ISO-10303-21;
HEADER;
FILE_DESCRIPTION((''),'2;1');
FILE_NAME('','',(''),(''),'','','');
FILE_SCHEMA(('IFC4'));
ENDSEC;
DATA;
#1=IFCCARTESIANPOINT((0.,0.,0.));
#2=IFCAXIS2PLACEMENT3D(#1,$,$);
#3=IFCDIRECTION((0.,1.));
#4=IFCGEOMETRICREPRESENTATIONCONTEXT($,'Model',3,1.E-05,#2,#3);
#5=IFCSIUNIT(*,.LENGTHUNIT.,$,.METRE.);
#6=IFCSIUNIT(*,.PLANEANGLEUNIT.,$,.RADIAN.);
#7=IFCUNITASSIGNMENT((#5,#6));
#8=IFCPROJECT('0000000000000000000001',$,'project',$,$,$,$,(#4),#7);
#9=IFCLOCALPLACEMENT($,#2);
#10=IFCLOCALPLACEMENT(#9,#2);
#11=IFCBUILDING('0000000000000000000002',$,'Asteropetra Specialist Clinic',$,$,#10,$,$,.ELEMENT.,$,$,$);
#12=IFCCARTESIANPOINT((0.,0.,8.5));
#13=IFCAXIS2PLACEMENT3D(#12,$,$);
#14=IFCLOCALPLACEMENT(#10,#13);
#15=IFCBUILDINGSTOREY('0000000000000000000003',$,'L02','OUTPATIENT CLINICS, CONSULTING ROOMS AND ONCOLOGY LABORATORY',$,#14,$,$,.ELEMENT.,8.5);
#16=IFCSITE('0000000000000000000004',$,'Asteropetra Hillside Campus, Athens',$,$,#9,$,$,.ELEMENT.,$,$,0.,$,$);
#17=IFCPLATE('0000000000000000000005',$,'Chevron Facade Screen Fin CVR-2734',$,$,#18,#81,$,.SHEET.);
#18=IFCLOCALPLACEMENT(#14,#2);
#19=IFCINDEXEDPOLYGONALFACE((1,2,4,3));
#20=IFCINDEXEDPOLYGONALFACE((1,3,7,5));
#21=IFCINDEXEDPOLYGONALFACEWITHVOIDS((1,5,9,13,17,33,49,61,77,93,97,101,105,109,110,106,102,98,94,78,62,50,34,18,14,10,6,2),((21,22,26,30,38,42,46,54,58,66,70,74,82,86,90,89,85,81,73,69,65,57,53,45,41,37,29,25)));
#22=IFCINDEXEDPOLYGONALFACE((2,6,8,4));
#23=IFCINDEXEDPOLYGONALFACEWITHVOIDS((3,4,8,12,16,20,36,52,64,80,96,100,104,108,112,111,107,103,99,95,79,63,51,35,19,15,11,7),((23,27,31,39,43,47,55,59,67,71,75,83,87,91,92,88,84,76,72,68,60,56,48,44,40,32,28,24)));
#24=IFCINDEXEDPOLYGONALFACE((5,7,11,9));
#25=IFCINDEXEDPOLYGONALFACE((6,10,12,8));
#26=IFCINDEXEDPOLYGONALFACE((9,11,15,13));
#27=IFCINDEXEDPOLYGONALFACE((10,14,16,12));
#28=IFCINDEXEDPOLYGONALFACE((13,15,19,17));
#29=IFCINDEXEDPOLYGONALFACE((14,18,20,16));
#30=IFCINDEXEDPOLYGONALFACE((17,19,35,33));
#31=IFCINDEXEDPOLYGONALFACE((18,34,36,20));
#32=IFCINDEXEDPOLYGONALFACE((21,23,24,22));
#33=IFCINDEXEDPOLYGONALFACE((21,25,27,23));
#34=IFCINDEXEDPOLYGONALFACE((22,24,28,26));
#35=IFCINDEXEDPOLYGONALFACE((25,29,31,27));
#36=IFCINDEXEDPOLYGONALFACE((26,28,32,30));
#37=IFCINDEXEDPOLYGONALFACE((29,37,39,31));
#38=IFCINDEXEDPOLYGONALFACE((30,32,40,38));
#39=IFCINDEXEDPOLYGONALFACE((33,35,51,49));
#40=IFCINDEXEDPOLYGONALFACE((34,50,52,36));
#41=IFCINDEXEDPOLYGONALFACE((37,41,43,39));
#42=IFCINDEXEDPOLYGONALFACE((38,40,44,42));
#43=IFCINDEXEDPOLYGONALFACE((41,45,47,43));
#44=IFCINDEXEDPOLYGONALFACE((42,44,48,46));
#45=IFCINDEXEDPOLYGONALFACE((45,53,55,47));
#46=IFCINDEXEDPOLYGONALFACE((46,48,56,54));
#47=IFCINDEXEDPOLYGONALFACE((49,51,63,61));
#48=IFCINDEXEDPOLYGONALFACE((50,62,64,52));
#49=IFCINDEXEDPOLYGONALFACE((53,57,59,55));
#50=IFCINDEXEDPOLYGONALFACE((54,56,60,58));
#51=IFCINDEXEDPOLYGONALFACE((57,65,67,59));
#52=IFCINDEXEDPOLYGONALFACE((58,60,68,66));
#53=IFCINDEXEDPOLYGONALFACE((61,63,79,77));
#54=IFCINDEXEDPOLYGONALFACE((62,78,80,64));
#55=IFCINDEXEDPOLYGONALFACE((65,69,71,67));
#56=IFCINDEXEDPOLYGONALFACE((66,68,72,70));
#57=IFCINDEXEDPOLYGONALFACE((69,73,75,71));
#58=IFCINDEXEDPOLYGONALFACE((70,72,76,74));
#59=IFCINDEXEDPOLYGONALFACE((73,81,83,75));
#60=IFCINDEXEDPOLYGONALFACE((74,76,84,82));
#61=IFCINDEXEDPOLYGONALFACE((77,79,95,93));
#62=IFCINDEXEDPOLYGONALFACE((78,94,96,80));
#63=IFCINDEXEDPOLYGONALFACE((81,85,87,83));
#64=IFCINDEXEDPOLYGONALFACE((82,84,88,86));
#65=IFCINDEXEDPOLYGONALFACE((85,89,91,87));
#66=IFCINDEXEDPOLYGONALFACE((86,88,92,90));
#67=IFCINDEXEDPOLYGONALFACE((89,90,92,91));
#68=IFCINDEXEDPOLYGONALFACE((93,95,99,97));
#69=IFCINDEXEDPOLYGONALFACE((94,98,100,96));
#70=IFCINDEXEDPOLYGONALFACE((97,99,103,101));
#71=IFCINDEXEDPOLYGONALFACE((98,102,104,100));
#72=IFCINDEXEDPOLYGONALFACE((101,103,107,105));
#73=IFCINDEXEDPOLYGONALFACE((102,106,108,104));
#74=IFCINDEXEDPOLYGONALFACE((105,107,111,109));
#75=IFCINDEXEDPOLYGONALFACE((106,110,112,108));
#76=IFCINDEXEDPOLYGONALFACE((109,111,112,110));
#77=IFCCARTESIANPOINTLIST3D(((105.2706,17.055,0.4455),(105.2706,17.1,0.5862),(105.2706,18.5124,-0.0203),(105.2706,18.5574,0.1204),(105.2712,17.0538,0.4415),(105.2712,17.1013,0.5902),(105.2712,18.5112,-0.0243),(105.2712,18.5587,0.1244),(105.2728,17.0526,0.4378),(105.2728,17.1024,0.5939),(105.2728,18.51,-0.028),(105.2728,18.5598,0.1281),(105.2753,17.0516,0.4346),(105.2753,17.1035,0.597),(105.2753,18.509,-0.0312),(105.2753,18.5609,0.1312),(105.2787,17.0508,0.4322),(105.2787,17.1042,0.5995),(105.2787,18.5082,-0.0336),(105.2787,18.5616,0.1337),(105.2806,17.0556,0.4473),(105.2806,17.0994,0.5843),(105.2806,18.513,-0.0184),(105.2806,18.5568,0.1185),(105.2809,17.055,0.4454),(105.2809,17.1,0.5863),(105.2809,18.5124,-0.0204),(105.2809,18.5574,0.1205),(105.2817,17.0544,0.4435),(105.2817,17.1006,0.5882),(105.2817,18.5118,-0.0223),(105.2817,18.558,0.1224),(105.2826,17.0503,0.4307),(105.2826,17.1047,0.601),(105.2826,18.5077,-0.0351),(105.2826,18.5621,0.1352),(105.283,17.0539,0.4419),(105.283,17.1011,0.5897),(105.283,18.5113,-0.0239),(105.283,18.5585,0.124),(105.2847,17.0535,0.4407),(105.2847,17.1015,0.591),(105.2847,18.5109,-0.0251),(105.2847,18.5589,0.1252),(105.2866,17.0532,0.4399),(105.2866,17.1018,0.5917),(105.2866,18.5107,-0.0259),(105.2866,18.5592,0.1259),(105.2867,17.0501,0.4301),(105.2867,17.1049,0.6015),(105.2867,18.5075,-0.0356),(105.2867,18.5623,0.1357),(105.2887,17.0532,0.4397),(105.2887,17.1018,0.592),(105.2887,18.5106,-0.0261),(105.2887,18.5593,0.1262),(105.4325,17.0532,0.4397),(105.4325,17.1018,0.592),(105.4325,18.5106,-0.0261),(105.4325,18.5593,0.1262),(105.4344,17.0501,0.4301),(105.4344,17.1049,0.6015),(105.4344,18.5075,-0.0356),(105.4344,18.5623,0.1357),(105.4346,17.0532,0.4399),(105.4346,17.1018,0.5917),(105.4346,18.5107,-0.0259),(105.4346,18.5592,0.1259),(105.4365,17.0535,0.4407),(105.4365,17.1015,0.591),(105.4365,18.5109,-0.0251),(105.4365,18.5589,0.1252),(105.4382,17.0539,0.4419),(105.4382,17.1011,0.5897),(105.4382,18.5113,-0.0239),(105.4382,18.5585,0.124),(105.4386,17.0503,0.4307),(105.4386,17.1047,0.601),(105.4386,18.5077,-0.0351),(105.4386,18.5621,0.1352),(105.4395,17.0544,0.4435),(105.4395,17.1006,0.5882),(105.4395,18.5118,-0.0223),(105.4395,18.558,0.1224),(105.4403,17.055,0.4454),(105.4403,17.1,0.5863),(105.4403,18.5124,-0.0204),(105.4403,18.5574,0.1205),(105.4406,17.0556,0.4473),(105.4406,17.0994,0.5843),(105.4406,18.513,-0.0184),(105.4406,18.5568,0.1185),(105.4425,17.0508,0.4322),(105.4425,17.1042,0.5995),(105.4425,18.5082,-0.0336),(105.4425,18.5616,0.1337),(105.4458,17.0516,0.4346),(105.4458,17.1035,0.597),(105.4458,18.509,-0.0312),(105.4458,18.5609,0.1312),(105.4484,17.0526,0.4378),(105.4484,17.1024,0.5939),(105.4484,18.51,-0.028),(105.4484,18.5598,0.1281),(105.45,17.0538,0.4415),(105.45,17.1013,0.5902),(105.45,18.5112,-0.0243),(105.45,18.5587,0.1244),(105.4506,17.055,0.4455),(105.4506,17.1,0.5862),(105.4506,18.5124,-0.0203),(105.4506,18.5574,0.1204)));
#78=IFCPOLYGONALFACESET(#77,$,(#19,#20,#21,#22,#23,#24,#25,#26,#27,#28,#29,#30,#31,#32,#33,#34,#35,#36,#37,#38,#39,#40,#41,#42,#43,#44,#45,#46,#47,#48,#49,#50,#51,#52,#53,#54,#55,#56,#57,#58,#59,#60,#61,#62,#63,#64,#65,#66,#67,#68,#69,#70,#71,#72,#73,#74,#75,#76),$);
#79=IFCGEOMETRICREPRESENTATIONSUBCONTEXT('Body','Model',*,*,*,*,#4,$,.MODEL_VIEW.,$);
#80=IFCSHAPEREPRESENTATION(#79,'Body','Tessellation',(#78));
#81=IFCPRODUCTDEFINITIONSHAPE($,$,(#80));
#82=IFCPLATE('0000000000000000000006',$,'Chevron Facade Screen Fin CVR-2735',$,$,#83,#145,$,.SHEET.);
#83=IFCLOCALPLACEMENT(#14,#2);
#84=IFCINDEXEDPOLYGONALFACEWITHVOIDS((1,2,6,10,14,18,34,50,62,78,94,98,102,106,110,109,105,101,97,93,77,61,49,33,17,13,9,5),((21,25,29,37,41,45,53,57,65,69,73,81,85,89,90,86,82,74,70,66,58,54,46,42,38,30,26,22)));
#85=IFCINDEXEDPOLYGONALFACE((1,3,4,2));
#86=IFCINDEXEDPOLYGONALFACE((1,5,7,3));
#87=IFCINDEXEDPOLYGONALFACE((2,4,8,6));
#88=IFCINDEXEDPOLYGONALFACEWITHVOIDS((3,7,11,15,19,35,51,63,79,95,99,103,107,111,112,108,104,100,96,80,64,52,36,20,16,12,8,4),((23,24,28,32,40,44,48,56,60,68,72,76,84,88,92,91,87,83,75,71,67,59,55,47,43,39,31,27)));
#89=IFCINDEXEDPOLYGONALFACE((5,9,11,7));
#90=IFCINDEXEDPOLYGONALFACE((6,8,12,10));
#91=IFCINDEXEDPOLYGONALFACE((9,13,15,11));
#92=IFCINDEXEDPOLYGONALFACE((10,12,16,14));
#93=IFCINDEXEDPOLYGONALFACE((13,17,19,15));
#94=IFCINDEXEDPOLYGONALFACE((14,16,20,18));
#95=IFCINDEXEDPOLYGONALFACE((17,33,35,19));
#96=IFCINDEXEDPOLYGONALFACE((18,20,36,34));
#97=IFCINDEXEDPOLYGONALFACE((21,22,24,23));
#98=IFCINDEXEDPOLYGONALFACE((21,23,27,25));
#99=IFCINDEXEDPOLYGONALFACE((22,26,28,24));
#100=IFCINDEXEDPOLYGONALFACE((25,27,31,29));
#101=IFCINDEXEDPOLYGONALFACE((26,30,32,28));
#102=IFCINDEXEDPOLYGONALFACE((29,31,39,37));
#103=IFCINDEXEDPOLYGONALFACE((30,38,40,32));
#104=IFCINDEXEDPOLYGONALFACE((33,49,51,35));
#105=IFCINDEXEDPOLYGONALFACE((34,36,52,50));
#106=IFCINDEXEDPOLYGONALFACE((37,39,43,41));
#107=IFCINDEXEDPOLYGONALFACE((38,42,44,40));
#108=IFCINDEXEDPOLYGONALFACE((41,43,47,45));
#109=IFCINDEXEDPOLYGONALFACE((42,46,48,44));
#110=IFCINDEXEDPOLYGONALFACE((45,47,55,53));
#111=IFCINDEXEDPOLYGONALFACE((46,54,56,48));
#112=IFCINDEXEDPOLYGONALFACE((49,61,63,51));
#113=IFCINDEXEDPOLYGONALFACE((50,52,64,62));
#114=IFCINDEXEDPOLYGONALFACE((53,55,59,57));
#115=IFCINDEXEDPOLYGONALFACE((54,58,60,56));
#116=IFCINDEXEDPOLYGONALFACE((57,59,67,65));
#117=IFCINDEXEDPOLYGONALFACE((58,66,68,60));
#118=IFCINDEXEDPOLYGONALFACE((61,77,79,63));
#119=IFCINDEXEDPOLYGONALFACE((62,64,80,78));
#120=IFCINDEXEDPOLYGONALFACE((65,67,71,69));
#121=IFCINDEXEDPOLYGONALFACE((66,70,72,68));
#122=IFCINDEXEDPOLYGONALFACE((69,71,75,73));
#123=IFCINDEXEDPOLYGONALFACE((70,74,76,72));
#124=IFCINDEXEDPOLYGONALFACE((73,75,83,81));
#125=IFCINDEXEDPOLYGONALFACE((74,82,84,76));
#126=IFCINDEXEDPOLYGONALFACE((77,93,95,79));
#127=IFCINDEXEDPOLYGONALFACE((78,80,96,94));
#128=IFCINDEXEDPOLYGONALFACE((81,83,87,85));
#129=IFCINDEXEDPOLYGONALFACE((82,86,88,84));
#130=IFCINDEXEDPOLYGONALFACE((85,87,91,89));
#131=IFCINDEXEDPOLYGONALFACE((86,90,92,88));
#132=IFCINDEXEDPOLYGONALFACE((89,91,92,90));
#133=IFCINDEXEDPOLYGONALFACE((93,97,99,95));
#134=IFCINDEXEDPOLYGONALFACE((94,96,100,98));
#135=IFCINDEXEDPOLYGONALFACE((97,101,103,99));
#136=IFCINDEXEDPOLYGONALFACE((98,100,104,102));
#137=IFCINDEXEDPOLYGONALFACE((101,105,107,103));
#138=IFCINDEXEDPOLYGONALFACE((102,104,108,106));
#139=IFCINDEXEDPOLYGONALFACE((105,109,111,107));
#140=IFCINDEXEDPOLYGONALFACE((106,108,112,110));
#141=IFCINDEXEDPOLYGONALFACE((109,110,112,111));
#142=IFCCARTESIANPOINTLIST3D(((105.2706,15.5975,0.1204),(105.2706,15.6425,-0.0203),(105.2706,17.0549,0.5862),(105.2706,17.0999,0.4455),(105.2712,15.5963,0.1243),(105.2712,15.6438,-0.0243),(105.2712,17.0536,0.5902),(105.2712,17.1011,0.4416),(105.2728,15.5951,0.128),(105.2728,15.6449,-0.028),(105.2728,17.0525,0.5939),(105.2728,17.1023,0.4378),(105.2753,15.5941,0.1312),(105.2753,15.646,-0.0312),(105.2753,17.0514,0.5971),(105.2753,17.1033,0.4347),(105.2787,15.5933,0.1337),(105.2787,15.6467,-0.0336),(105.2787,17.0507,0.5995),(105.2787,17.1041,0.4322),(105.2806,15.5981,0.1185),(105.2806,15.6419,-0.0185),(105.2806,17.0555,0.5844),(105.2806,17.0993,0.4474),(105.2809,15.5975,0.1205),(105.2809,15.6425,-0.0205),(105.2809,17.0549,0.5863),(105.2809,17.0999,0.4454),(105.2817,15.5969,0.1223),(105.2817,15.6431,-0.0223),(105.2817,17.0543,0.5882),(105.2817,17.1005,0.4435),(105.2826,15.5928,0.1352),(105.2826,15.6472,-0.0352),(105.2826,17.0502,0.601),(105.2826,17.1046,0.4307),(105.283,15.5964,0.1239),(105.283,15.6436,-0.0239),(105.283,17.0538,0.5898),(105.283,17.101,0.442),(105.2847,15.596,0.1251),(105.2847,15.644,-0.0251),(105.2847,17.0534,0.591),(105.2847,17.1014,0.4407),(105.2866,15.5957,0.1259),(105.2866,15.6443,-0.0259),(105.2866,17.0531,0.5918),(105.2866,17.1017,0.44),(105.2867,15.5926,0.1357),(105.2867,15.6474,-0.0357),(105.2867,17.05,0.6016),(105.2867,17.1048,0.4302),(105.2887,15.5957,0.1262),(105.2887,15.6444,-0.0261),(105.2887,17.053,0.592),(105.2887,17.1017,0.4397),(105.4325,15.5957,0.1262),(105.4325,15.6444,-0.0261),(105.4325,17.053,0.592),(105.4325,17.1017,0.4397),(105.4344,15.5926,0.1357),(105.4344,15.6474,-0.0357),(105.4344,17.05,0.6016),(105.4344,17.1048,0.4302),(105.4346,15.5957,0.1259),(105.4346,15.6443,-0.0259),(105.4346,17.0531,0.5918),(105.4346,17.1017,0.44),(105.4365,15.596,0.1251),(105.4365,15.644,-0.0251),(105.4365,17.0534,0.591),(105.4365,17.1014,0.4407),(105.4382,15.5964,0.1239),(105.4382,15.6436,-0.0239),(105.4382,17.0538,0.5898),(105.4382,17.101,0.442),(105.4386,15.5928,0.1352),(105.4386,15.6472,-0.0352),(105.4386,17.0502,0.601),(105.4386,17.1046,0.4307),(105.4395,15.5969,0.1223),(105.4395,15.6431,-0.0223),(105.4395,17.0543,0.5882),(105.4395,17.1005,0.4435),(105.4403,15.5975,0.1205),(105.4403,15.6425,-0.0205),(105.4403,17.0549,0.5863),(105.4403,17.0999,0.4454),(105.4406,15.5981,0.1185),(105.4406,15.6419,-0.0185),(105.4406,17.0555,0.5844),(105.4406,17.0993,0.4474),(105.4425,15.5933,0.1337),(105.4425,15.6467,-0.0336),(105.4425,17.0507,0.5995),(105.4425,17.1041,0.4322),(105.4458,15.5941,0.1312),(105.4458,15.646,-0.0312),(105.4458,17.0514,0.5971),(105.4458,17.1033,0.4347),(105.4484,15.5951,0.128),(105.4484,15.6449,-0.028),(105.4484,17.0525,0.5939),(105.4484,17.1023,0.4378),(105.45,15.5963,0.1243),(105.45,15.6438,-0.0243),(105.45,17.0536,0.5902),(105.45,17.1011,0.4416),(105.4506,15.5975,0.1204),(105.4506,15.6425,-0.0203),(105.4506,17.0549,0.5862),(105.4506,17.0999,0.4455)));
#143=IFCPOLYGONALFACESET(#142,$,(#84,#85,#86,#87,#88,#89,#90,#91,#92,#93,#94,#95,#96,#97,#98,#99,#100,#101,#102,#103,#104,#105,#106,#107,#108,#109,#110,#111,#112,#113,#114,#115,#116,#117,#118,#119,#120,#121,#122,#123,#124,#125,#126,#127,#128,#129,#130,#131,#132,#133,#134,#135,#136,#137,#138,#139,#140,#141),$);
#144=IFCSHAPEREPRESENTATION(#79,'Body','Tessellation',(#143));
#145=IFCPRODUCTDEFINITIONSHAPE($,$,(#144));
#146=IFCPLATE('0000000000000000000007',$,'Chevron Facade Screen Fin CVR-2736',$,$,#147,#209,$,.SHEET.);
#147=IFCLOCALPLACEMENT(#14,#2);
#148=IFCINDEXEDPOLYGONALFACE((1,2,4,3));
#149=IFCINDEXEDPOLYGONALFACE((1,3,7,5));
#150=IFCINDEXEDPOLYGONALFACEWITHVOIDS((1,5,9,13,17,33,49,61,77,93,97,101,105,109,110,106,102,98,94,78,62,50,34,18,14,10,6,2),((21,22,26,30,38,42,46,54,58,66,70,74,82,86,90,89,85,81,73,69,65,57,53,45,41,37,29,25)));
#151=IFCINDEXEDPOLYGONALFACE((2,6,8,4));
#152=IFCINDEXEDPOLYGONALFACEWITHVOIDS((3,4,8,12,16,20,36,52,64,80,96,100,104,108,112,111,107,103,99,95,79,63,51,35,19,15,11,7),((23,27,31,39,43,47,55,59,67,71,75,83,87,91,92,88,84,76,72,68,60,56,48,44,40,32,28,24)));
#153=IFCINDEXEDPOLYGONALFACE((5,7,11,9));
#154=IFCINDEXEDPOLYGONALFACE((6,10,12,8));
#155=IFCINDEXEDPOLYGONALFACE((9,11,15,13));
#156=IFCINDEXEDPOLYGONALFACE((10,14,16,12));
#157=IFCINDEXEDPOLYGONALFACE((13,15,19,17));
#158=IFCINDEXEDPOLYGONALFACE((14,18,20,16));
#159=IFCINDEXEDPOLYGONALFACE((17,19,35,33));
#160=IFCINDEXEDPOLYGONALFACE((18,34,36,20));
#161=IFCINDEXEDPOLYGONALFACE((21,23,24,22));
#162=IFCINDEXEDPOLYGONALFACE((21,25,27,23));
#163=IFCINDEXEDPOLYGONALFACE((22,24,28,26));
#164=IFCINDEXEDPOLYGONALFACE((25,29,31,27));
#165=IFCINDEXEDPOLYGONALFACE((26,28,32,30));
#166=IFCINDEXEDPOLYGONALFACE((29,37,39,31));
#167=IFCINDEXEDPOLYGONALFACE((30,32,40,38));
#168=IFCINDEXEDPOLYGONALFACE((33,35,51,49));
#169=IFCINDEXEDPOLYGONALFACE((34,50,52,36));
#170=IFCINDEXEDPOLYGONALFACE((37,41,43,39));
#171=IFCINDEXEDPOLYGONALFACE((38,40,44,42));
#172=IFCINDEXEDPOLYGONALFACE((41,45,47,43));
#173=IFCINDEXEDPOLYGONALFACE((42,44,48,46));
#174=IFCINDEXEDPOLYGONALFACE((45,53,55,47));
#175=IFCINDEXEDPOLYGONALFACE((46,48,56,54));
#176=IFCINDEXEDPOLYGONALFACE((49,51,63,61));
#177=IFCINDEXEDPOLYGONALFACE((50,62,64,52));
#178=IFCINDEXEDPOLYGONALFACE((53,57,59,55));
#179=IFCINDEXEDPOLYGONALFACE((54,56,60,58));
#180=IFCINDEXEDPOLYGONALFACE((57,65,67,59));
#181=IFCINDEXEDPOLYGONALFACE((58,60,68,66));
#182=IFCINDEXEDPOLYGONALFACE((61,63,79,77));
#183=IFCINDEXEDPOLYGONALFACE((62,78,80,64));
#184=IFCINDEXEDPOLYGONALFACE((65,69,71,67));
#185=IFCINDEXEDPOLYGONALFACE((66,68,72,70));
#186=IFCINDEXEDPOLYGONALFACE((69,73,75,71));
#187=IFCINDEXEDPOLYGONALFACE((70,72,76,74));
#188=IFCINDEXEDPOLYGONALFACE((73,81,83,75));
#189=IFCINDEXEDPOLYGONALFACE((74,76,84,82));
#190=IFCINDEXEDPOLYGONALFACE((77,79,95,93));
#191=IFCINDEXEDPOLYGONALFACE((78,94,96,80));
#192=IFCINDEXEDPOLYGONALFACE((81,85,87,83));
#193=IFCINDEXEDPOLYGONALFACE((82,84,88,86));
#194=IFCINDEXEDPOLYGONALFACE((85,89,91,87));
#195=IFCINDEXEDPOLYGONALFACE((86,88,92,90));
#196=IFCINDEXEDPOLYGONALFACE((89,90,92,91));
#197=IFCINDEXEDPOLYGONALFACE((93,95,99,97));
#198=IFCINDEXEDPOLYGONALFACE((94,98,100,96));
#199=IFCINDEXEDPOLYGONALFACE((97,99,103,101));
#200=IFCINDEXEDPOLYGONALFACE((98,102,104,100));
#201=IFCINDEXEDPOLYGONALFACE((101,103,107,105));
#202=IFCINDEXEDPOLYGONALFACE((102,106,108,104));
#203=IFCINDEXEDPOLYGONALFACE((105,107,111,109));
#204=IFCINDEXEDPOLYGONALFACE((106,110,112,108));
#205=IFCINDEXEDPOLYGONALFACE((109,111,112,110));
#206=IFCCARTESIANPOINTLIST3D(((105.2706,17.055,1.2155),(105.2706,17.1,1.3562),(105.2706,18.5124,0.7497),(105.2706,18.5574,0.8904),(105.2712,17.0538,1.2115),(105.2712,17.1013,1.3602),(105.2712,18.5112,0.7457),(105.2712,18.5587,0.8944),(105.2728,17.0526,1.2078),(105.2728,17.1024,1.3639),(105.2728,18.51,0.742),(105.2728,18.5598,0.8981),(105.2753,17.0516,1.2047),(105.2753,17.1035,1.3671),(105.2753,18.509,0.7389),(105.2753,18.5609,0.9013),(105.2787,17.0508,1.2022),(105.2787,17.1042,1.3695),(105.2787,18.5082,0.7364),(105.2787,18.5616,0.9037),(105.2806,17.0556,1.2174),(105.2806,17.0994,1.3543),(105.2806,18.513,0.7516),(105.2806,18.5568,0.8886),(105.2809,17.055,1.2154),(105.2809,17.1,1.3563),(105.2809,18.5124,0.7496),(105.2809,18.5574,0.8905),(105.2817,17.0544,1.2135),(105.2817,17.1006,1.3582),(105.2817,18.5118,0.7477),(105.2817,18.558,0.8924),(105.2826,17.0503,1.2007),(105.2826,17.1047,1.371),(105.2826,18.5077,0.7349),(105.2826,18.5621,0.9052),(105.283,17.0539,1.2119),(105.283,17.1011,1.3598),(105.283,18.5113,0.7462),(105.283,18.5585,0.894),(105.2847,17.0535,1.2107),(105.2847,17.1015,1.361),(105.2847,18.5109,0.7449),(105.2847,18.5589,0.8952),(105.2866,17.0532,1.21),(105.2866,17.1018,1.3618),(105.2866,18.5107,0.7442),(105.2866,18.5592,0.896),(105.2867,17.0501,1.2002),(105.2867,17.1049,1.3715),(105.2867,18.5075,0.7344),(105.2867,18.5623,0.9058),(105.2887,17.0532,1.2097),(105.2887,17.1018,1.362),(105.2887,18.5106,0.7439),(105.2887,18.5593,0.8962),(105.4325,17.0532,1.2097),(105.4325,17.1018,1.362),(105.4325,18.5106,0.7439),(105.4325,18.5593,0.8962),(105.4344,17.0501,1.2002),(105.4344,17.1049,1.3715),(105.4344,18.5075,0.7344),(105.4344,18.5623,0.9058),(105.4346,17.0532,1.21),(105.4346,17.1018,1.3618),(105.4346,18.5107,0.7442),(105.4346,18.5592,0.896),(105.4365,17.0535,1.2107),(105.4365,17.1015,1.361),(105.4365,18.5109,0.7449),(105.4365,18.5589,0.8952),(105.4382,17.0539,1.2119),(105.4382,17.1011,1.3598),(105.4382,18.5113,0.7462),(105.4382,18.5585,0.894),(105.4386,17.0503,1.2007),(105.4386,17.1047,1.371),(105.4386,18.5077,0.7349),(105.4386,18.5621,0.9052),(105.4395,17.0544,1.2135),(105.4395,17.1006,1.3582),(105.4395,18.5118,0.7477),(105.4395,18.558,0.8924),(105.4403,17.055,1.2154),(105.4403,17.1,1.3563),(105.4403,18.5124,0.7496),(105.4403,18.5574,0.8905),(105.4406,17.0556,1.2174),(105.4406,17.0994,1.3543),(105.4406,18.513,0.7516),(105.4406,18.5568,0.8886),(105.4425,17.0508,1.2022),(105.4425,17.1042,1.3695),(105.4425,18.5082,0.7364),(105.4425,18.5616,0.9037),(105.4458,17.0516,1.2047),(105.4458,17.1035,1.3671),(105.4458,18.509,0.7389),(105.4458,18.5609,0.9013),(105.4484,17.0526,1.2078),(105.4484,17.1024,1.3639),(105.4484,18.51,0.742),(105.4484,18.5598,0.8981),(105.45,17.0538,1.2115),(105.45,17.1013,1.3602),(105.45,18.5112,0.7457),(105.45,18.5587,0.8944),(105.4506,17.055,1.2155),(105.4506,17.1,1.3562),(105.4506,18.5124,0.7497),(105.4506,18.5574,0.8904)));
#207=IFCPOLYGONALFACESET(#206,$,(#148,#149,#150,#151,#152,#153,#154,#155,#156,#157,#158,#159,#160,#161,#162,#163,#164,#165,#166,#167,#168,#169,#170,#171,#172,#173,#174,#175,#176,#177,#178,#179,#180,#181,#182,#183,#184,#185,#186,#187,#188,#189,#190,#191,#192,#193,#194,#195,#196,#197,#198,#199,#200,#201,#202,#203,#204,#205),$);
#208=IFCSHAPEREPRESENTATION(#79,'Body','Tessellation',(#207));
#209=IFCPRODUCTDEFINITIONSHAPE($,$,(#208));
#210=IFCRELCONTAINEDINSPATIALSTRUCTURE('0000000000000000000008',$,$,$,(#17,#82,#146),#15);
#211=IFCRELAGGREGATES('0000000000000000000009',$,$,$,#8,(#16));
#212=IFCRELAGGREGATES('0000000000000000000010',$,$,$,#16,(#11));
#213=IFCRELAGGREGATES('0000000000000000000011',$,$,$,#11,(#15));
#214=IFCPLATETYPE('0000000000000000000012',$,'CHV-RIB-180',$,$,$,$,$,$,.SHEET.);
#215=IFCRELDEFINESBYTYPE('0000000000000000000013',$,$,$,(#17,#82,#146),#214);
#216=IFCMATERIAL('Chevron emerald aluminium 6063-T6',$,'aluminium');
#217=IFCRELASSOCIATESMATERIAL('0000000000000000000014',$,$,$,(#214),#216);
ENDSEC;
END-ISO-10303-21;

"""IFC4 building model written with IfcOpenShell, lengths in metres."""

from ifc_helpers import new_model, si_unit, direction, frame, origin, origin_2d, place, context, subcontext, project, spatial, hollow_rectangle, extrude, material, material_profile, profile_set, type_object, element, save


model = new_model("IFC4")

# Units and contexts
model_context = context("Model", 3, precision=1e-05, world=origin(), true_north=direction((0.0, 1.0)))
body_context = subcontext(model_context, "Body", "Model", "MODEL_VIEW")
ifc_project = project(units=[si_unit("LENGTHUNIT", "METRE"), si_unit("PLANEANGLEUNIT", "RADIAN")], contexts=[model_context])

# Site, building, storey
site_placement = place(None, origin())
site = spatial("IfcSite", under=ifc_project, at=site_placement, Name="Asteropetra Hillside Campus, Athens", CompositionType="ELEMENT", RefElevation=0.0)
building_placement = place(site_placement, origin())
building = spatial("IfcBuilding", under=site, at=building_placement, Name="Asteropetra Specialist Clinic", CompositionType="ELEMENT")
storey_placement = place(building_placement, frame((0.0, 0.0, 8.5)))
storey = spatial("IfcBuildingStorey", under=building, at=storey_placement, Name="L02", Description="OUTPATIENT CLINICS, CONSULTING ROOMS AND ONCOLOGY LABORATORY", CompositionType="ELEMENT", Elevation=8.5)

# Plates
ifc_material_1 = material(Name="Chevron emerald aluminium 6063-T6", Category="aluminium")
ifc_material_profile = material_profile(ifc_material_1, hollow_rectangle(XDim=0.1799, YDim=0.1799, WallThickness=0.01, InnerFilletRadius=0.0081, OuterFilletRadius=0.0161, at=origin_2d()), Name="SHS 180x180x10.0")
ifc_profile_set = profile_set([ifc_material_profile], Name="Chevron emerald aluminium 6063-T6")
plate_type = type_object("IfcPlateType", Name="CHV-RIB-180", PredefinedType="SHEET", material=ifc_profile_set)
for number, where, z_axis, x_axis, name in (
    (1, (105.3606, 18.5349, 0.05), (0.0, -0.952535, 0.304428), (1.0, 0.0, 0.0), "Chevron Facade Screen Fin CVR-2734"),
    (2, (105.3606, 17.0774, 0.5159), (0.0, -0.95252, -0.304475), (1.0, 0.0, 0.0), "Chevron Facade Screen Fin CVR-2735"),
    (3, (105.3606, 18.5349, 0.8201), (0.0, -0.952535, 0.304428), (1.0, 0.0, 0.0), "Chevron Facade Screen Fin CVR-2736"),
):
    element("IfcPlate", number, at=place(storey_placement, frame(where, z_axis=z_axis, x_axis=x_axis)), inside=storey, type_object=plate_type, Name=name, PredefinedType="SHEET", context=body_context, shape_type="SweptSolid", body=[
        extrude(hollow_rectangle(XDim=0.1799, YDim=0.1799, WallThickness=0.01, InnerFilletRadius=0.0081, OuterFilletRadius=0.0161, at=origin_2d()), origin(), (0.0, 0.0, 1.0), 1.53),
    ])

save(model, "model.ifc")
